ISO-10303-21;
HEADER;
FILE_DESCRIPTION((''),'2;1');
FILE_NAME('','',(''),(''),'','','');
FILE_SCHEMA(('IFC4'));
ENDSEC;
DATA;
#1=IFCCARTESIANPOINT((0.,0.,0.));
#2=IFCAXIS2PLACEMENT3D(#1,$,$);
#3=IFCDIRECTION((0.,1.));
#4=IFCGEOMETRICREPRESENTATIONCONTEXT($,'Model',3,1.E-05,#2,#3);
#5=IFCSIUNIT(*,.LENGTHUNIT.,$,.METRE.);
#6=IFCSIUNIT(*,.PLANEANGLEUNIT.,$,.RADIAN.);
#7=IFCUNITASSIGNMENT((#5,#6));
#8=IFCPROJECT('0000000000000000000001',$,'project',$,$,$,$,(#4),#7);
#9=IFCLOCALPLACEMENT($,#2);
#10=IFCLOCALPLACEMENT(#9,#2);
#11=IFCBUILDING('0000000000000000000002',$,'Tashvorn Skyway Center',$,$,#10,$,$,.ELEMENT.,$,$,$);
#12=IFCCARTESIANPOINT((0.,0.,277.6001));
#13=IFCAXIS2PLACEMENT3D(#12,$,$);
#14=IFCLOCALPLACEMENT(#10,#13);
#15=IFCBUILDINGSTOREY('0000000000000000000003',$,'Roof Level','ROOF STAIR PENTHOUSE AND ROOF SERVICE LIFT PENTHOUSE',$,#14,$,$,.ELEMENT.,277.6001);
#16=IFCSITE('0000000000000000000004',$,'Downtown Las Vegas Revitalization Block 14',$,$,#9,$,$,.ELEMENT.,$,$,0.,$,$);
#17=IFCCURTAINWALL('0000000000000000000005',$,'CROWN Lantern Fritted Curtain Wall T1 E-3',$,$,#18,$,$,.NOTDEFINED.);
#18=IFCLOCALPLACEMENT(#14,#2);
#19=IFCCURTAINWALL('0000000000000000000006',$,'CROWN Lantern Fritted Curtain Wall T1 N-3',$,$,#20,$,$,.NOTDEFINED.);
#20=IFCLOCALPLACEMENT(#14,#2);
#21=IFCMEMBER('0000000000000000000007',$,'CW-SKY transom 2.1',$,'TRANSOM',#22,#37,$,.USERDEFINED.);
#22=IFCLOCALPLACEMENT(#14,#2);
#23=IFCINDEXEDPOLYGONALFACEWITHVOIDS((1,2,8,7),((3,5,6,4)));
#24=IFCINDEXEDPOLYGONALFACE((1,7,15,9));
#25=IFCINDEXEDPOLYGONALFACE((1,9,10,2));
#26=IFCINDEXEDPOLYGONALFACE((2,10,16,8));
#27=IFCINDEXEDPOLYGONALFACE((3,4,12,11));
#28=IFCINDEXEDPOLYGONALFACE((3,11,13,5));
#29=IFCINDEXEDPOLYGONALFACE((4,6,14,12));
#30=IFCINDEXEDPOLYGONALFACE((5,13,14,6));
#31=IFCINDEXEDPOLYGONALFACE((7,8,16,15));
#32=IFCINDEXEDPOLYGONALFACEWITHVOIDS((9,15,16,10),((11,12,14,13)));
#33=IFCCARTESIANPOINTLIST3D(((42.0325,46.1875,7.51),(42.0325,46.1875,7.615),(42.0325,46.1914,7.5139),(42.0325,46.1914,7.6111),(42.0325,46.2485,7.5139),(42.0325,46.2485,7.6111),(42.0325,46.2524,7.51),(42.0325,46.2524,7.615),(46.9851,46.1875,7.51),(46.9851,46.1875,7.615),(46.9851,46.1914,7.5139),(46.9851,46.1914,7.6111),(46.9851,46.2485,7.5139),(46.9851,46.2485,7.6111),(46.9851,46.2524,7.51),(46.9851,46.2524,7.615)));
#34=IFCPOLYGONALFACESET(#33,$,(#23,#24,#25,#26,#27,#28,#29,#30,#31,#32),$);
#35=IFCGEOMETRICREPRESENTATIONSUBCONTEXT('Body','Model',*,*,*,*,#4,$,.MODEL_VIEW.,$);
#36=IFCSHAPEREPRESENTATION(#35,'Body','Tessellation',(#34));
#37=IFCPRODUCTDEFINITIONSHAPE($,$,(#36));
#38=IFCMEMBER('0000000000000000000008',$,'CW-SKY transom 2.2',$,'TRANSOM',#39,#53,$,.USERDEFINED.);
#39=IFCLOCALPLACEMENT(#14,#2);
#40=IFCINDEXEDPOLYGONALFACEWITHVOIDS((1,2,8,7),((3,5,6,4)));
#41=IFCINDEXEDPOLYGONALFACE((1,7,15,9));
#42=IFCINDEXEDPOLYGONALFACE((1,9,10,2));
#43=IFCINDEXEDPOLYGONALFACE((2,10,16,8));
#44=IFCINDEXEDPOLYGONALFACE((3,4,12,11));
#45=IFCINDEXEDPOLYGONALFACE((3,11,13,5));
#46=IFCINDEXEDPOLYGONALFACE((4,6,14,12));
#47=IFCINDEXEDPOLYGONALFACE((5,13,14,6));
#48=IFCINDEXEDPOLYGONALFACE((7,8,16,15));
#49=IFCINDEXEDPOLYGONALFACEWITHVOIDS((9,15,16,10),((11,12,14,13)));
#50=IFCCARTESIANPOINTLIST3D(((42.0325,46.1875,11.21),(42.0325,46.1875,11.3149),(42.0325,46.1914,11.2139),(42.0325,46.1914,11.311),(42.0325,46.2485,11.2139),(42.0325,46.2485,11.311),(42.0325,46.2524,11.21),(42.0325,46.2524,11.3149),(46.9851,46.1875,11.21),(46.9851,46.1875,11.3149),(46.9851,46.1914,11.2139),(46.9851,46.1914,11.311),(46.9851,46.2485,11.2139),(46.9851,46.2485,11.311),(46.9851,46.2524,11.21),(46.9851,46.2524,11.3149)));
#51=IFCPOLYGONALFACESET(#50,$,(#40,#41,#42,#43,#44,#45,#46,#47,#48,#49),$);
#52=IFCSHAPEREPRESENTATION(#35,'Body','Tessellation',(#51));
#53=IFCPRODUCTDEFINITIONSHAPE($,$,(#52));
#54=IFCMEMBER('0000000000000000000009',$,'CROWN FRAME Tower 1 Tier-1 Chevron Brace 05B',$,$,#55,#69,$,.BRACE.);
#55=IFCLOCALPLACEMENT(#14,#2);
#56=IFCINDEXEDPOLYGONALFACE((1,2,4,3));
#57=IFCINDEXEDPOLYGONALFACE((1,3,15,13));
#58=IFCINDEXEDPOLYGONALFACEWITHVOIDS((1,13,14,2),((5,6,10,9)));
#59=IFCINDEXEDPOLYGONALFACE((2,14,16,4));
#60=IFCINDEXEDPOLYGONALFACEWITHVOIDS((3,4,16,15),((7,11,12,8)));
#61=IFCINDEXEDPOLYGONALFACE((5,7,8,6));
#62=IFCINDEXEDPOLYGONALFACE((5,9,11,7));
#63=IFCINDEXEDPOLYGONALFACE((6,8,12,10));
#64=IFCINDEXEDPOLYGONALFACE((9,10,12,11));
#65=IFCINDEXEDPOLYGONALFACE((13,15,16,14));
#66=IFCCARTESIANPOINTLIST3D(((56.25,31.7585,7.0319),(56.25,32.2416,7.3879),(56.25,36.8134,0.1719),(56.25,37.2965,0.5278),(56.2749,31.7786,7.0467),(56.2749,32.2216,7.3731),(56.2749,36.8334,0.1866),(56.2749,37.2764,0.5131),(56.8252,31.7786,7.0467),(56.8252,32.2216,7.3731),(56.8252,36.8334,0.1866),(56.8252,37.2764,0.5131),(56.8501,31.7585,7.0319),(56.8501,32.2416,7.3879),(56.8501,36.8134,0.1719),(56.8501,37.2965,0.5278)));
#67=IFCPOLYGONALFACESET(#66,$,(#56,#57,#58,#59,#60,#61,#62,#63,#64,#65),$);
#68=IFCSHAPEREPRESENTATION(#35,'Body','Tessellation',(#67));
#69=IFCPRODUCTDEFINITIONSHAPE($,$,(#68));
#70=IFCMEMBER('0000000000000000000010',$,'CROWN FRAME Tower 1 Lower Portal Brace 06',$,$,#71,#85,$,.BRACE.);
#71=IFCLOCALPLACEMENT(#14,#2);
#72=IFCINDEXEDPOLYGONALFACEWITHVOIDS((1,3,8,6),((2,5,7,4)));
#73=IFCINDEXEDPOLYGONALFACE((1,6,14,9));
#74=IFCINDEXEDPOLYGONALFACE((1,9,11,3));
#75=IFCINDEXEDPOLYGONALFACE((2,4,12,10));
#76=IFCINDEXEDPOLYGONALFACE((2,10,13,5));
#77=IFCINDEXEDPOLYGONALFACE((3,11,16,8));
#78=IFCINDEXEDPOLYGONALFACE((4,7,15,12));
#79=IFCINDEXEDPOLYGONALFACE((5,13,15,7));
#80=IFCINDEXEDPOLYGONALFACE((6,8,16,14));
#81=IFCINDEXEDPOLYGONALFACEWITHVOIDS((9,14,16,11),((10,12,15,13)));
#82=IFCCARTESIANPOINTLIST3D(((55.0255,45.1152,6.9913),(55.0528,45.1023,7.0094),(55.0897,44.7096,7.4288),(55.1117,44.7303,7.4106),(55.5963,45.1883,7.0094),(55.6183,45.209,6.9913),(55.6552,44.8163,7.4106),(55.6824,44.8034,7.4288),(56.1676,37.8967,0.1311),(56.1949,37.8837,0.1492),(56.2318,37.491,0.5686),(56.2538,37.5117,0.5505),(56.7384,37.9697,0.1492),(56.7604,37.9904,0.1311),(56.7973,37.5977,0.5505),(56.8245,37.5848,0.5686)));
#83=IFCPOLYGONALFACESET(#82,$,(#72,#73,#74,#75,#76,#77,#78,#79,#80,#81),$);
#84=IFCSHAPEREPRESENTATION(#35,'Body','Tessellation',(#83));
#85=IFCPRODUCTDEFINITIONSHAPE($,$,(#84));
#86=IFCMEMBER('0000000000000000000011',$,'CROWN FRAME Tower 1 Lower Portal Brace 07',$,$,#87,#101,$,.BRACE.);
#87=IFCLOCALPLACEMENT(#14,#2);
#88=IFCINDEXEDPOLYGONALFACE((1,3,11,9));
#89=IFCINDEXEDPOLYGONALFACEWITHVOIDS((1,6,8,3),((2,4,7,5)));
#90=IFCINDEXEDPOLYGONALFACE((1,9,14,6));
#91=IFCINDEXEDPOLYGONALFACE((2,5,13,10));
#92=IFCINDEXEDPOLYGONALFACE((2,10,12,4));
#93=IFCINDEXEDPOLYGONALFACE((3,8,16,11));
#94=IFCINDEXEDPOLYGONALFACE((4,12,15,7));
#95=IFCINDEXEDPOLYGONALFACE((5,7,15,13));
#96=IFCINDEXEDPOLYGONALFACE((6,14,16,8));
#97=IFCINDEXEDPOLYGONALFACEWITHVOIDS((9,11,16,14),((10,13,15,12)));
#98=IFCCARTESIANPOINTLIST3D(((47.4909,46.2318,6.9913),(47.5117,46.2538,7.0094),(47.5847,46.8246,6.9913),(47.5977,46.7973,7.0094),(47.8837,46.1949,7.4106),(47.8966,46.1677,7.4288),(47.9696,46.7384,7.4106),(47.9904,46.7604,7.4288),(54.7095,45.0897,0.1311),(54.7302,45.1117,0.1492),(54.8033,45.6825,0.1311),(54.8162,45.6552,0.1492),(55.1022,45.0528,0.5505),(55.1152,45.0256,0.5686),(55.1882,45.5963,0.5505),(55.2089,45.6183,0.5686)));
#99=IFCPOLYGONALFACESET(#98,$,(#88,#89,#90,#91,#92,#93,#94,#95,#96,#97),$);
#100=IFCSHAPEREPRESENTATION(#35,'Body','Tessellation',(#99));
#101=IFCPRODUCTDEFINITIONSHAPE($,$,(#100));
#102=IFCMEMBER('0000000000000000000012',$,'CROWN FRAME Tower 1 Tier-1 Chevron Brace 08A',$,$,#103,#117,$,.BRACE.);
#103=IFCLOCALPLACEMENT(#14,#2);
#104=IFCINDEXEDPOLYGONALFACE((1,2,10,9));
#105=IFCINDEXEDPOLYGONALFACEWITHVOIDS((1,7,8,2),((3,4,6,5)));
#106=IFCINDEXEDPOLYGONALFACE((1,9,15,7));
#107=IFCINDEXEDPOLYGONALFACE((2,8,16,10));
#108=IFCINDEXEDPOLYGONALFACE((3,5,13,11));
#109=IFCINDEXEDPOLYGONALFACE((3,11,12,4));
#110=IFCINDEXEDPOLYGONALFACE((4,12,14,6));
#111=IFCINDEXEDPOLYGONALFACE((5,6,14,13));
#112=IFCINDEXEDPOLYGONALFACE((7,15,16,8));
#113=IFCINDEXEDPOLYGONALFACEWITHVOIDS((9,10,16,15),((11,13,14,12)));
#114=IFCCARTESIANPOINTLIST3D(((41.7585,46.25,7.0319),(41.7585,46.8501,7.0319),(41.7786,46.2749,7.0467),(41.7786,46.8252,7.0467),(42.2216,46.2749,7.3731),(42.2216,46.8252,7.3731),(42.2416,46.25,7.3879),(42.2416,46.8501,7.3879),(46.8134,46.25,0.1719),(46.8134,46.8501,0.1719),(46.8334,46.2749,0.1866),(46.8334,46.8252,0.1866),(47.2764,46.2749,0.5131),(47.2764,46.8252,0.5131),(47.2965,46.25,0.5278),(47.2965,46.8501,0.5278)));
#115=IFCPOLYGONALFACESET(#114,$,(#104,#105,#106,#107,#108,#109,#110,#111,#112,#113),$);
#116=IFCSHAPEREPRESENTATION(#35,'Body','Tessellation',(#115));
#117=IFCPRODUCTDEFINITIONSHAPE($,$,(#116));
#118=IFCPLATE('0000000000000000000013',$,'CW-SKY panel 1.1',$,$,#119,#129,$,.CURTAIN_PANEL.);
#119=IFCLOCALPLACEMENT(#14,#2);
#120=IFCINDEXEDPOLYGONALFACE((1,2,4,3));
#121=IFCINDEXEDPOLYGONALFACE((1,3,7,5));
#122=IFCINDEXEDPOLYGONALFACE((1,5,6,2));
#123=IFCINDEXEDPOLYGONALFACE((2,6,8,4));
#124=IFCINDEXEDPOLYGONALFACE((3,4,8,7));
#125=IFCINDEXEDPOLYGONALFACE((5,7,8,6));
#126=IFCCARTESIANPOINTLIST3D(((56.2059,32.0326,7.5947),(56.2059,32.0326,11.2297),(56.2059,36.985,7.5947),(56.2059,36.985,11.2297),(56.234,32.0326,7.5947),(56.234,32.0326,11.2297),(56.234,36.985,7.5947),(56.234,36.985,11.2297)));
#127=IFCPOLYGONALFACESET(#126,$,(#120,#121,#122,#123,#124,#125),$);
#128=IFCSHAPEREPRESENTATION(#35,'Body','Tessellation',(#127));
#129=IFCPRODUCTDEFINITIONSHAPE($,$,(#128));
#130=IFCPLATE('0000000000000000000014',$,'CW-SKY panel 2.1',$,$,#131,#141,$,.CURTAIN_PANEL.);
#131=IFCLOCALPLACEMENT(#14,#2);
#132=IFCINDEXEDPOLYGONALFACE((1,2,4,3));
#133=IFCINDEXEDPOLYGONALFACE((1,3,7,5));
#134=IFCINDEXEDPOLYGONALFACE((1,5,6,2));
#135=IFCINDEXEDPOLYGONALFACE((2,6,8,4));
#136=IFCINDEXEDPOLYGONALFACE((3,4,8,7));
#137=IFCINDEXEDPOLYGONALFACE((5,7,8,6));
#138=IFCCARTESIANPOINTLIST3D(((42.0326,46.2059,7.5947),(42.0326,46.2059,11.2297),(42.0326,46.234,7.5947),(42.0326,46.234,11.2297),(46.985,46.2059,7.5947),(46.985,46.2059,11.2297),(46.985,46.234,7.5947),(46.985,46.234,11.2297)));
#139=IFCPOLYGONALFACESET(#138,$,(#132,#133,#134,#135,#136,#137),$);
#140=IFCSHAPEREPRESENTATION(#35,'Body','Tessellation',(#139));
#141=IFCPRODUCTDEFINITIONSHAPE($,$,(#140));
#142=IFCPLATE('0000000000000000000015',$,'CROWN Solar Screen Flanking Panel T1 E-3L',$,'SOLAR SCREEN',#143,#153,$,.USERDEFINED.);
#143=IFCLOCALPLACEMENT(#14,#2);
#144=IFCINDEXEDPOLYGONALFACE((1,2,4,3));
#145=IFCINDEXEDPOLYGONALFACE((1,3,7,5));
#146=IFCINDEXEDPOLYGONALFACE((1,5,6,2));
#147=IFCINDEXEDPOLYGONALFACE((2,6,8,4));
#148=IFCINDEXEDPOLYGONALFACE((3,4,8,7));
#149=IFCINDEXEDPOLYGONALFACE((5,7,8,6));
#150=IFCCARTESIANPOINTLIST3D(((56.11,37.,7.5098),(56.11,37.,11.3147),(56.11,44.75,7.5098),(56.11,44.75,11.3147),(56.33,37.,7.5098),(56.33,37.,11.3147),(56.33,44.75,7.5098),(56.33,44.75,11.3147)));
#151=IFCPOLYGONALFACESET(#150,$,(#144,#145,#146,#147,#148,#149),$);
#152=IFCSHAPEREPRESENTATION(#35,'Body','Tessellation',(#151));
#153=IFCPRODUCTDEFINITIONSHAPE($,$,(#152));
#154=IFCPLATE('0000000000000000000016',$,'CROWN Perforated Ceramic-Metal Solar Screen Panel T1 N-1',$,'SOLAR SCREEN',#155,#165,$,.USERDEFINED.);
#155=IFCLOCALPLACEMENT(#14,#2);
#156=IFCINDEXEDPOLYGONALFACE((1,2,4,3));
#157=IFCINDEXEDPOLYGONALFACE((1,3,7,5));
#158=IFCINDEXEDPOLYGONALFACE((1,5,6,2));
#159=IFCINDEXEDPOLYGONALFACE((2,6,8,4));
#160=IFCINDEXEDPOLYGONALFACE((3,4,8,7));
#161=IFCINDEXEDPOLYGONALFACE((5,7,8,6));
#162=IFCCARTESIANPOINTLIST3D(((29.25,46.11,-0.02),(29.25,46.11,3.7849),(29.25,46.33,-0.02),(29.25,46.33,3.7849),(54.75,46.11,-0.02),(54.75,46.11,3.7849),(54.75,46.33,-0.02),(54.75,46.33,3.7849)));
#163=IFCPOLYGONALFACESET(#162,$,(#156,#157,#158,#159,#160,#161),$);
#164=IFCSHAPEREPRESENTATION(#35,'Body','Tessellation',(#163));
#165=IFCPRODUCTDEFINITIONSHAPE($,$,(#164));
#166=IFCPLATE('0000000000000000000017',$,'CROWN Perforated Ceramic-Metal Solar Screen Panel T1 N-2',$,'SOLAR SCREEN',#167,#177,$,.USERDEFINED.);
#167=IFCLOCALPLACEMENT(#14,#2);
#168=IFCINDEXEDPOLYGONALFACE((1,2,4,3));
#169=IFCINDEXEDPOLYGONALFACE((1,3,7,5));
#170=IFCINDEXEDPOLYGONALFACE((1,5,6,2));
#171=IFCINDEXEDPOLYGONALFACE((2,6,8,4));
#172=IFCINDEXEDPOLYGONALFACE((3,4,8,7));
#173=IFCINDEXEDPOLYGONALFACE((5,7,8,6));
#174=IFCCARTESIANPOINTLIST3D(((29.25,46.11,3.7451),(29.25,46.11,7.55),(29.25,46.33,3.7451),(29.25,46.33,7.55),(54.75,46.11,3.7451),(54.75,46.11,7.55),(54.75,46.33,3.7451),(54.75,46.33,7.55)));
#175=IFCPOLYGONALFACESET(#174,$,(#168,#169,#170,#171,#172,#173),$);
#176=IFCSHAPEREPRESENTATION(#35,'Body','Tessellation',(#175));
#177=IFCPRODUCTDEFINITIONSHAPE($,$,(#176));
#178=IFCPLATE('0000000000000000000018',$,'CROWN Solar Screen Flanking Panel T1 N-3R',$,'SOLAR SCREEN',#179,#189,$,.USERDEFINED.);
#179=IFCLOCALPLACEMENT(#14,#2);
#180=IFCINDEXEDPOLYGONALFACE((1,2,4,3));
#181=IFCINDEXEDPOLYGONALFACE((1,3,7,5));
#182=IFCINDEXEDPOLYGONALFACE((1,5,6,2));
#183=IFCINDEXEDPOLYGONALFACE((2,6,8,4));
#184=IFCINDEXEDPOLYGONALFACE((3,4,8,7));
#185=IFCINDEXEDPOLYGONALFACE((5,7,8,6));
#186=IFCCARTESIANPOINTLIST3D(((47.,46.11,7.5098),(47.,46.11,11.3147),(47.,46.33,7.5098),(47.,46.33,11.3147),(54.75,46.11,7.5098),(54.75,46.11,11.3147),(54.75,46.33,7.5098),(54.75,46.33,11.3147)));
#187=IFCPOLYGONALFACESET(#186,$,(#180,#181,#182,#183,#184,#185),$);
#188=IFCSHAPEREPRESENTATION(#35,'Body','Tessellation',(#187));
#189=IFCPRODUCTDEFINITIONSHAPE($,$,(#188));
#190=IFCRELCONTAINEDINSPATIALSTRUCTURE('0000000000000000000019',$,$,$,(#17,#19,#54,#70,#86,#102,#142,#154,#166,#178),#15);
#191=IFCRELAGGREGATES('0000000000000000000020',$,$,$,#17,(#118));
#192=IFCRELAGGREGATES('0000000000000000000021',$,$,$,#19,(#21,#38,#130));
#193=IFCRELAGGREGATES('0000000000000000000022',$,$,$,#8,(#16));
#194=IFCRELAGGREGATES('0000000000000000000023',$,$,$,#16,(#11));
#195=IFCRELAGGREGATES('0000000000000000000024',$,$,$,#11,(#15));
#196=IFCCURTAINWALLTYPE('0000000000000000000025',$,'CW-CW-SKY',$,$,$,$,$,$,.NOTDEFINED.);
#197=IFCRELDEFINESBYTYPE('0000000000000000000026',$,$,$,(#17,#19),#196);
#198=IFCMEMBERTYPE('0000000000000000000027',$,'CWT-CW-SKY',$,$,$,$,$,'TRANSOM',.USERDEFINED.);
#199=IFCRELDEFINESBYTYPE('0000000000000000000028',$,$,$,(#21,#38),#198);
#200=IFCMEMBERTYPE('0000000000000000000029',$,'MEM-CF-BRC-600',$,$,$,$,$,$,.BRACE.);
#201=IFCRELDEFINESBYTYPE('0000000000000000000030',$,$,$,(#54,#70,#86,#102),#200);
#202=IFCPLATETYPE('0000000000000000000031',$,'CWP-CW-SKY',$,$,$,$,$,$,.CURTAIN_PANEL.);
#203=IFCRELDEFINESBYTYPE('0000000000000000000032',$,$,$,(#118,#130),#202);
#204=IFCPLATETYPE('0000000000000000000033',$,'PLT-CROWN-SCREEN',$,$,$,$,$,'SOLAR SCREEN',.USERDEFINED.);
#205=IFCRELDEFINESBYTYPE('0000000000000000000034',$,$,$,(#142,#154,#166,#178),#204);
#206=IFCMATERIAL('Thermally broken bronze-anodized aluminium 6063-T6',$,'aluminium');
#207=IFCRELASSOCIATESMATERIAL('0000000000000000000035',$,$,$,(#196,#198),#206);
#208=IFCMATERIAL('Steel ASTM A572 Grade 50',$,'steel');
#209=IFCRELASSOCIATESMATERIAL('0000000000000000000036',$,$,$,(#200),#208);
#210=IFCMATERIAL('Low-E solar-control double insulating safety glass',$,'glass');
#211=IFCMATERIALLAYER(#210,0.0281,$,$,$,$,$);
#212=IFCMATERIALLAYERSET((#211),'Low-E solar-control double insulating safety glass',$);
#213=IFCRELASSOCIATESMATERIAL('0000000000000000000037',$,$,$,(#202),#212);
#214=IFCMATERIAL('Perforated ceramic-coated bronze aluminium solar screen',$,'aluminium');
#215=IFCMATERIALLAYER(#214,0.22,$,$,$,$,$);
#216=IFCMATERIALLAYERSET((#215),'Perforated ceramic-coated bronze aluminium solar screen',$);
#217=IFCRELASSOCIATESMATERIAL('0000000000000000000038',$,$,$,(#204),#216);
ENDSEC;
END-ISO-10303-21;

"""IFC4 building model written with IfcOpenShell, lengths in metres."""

from ifc_helpers import new_model, si_unit, direction, frame, origin, origin_2d, place, context, subcontext, project, spatial, rectangle, hollow_rectangle, extrude, material, layer, layer_set, material_profile, profile_set, type_object, element, aggregate, save


model = new_model("IFC4")

# Units and contexts
model_context = context("Model", 3, precision=1e-05, world=origin(), true_north=direction((0.0, 1.0)))
body_context = subcontext(model_context, "Body", "Model", "MODEL_VIEW")
ifc_project = project(units=[si_unit("LENGTHUNIT", "METRE"), si_unit("PLANEANGLEUNIT", "RADIAN")], contexts=[model_context])

# Site, building, storey
site_placement = place(None, origin())
site = spatial("IfcSite", under=ifc_project, at=site_placement, Name="Downtown Las Vegas Revitalization Block 14", CompositionType="ELEMENT", RefElevation=0.0)
building_placement = place(site_placement, origin())
building = spatial("IfcBuilding", under=site, at=building_placement, Name="Tashvorn Skyway Center", CompositionType="ELEMENT")
storey_placement = place(building_placement, frame((0.0, 0.0, 277.6001)))
storey = spatial("IfcBuildingStorey", under=building, at=storey_placement, Name="Roof Level", Description="ROOF STAIR PENTHOUSE AND ROOF SERVICE LIFT PENTHOUSE", CompositionType="ELEMENT", Elevation=277.6001)

# Shared definitions
ifc_material_1 = material(Name="Steel ASTM A572 Grade 50", Category="steel")

# Curtain wall
ifc_material_2 = material(Name="Thermally broken bronze-anodized aluminium 6063-T6", Category="aluminium")
curtain_wall_type = type_object("IfcCurtainWallType", Name="CW-CW-SKY", PredefinedType="NOTDEFINED", material=ifc_material_2)
curtain_wall_1_placement = place(storey_placement, origin())
curtain_wall_1 = element("IfcCurtainWall", 1, at=curtain_wall_1_placement, inside=storey, type_object=curtain_wall_type, Name="CROWN Lantern Fritted Curtain Wall T1 E-3", PredefinedType="NOTDEFINED")

# Curtain wall
curtain_wall_2_placement = place(storey_placement, origin())
curtain_wall_2 = element("IfcCurtainWall", 2, at=curtain_wall_2_placement, inside=storey, type_object=curtain_wall_type, Name="CROWN Lantern Fritted Curtain Wall T1 N-3", PredefinedType="NOTDEFINED")

# Members
ifc_material_profile_1 = material_profile(ifc_material_2, hollow_rectangle(XDim=0.0649, YDim=0.105, WallThickness=0.0039, at=origin_2d()), Name="ALU-TRAN-65x105")
ifc_profile_set_1 = profile_set([ifc_material_profile_1], Name="Thermally broken bronze-anodized aluminium 6063-T6")
member_type_1 = type_object("IfcMemberType", Name="CWT-CW-SKY", ElementType="TRANSOM", PredefinedType="USERDEFINED", material=ifc_profile_set_1)
member_1_placement = place(storey_placement, frame((42.0325, 46.22, 7.5625), z_axis=(1.0, 0.0, 0.0), x_axis=(0.0, 1.0, 0.0)))
member_1 = element("IfcMember", 3, at=member_1_placement, type_object=member_type_1, Name="CW-SKY transom 2.1", ObjectType="TRANSOM", PredefinedType="USERDEFINED", context=body_context, shape_type="SweptSolid", body=[
    extrude(hollow_rectangle(XDim=0.0649, YDim=0.105, WallThickness=0.0039, at=origin_2d()), origin(), (0.0, 0.0, 1.0), 4.9526),
])
member_2_placement = place(storey_placement, frame((42.0325, 46.22, 11.2625), z_axis=(1.0, 0.0, 0.0), x_axis=(0.0, 1.0, 0.0)))
member_2 = element("IfcMember", 4, at=member_2_placement, type_object=member_type_1, Name="CW-SKY transom 2.2", ObjectType="TRANSOM", PredefinedType="USERDEFINED", context=body_context, shape_type="SweptSolid", body=[
    extrude(hollow_rectangle(XDim=0.0649, YDim=0.105, WallThickness=0.0039, at=origin_2d()), origin(), (0.0, 0.0, 1.0), 4.9526),
])

# Members
ifc_material_profile_2 = material_profile(ifc_material_1, hollow_rectangle(XDim=0.6001, YDim=0.6001, WallThickness=0.0249, at=origin_2d()), Name="BOX600x600x25")
ifc_profile_set_2 = profile_set([ifc_material_profile_2], Name="Steel ASTM A572 Grade 50")
member_type_2 = type_object("IfcMemberType", Name="MEM-CF-BRC-600", PredefinedType="BRACE", material=ifc_profile_set_2)
member_3_placement = place(storey_placement, frame((56.55, 37.0549, 0.3499), z_axis=(0.0, -0.593208, 0.805049), x_axis=(1.0, 0.0, 0.0)))
element("IfcMember", 5, at=member_3_placement, inside=storey, type_object=member_type_2, Name="CROWN FRAME Tower 1 Tier-1 Chevron Brace 05B", PredefinedType="BRACE", context=body_context, shape_type="SweptSolid", body=[
    extrude(hollow_rectangle(XDim=0.6001, YDim=0.6001, WallThickness=0.0249, at=origin_2d()), origin(), (0.0, 0.0, 1.0), 8.5212),
])
for number, where, z_axis, x_axis, name in (
    (6, (56.4961, 37.7407, 0.3499), (-0.11394, 0.720152, 0.684397), (-0.987714, -0.156273, 0.0), "CROWN FRAME Tower 1 Lower Portal Brace 06"),
    (7, (54.9592, 45.354, 0.3499), (-0.720152, 0.11394, 0.684397), (-0.156273, -0.987714, 0.0), "CROWN FRAME Tower 1 Lower Portal Brace 07"),
):
    element("IfcMember", number, at=place(storey_placement, frame(where, z_axis=z_axis, x_axis=x_axis)), inside=storey, type_object=member_type_2, Name=name, PredefinedType="BRACE", context=body_context, shape_type="SweptSolid", body=[
        extrude(hollow_rectangle(XDim=0.6001, YDim=0.6001, WallThickness=0.0249, at=origin_2d()), origin(), (0.0, 0.0, 1.0), 10.0237),
    ])
member_4_placement = place(storey_placement, frame((47.0549, 46.55, 0.3499), z_axis=(-0.593208, 0.0, 0.805049), x_axis=(0.0, -1.0, 0.0)))
element("IfcMember", 8, at=member_4_placement, inside=storey, type_object=member_type_2, Name="CROWN FRAME Tower 1 Tier-1 Chevron Brace 08A", PredefinedType="BRACE", context=body_context, shape_type="SweptSolid", body=[
    extrude(hollow_rectangle(XDim=0.6001, YDim=0.6001, WallThickness=0.0249, at=origin_2d()), origin(), (0.0, 0.0, 1.0), 8.5212),
])

# Plates
ifc_material_3 = material(Name="Low-E solar-control double insulating safety glass", Category="glass")
ifc_layer_1 = layer(ifc_material_3, 0.0281)
ifc_layer_set_1 = layer_set([ifc_layer_1], Name="Low-E solar-control double insulating safety glass")
plate_type_1 = type_object("IfcPlateType", Name="CWP-CW-SKY", PredefinedType="CURTAIN_PANEL", material=ifc_layer_set_1)
plate_1_placement = place(storey_placement, frame((56.22, 34.5088, 7.5947), z_axis=(0.0, 0.0, 1.0), x_axis=(0.0, -1.0, 0.0)))
plate_1 = element("IfcPlate", 9, at=plate_1_placement, type_object=plate_type_1, Name="CW-SKY panel 1.1", PredefinedType="CURTAIN_PANEL", context=body_context, shape_type="SweptSolid", body=[
    extrude(rectangle(XDim=4.9524, YDim=0.0281, at=origin_2d()), origin(), (0.0, 0.0, 1.0), 3.635),
])
aggregate(curtain_wall_1, [plate_1])
plate_2_placement = place(storey_placement, frame((44.5088, 46.22, 7.5947), z_axis=(0.0, 0.0, 1.0), x_axis=(1.0, 0.0, 0.0)))
plate_2 = element("IfcPlate", 10, at=plate_2_placement, type_object=plate_type_1, Name="CW-SKY panel 2.1", PredefinedType="CURTAIN_PANEL", context=body_context, shape_type="SweptSolid", body=[
    extrude(rectangle(XDim=4.9524, YDim=0.0281, at=origin_2d()), origin(), (0.0, 0.0, 1.0), 3.635),
])
aggregate(curtain_wall_2, [member_1, member_2, plate_2])

# Plates
ifc_material_4 = material(Name="Perforated ceramic-coated bronze aluminium solar screen", Category="aluminium")
ifc_layer_2 = layer(ifc_material_4, 0.22)
ifc_layer_set_2 = layer_set([ifc_layer_2], Name="Perforated ceramic-coated bronze aluminium solar screen")
plate_type_2 = type_object("IfcPlateType", Name="PLT-CROWN-SCREEN", ElementType="SOLAR SCREEN", PredefinedType="USERDEFINED", material=ifc_layer_set_2)
plate_3_placement = place(storey_placement, frame((56.22, 40.875, 7.5098), z_axis=(0.0, 0.0, 1.0), x_axis=(0.0, 1.0, 0.0)))
element("IfcPlate", 11, at=plate_3_placement, inside=storey, type_object=plate_type_2, Name="CROWN Solar Screen Flanking Panel T1 E-3L", ObjectType="SOLAR SCREEN", PredefinedType="USERDEFINED", context=body_context, shape_type="SweptSolid", body=[
    extrude(rectangle(XDim=7.75, YDim=0.22, at=origin_2d()), origin(), (0.0, 0.0, 1.0), 3.8049),
])
for number, where, z_axis, x_axis, name in (
    (12, (42.0, 46.22, -0.02), (0.0, 0.0, 1.0), (-1.0, 0.0, 0.0), "CROWN Perforated Ceramic-Metal Solar Screen Panel T1 N-1"),
    (13, (42.0, 46.22, 3.7451), (0.0, 0.0, 1.0), (-1.0, 0.0, 0.0), "CROWN Perforated Ceramic-Metal Solar Screen Panel T1 N-2"),
):
    element("IfcPlate", number, at=place(storey_placement, frame(where, z_axis=z_axis, x_axis=x_axis)), inside=storey, type_object=plate_type_2, Name=name, ObjectType="SOLAR SCREEN", PredefinedType="USERDEFINED", context=body_context, shape_type="SweptSolid", body=[
        extrude(rectangle(XDim=25.5, YDim=0.22, at=origin_2d()), origin(), (0.0, 0.0, 1.0), 3.8049),
    ])
plate_4_placement = place(storey_placement, frame((50.875, 46.22, 7.5098), z_axis=(0.0, 0.0, 1.0), x_axis=(-1.0, 0.0, 0.0)))
element("IfcPlate", 14, at=plate_4_placement, inside=storey, type_object=plate_type_2, Name="CROWN Solar Screen Flanking Panel T1 N-3R", ObjectType="SOLAR SCREEN", PredefinedType="USERDEFINED", context=body_context, shape_type="SweptSolid", body=[
    extrude(rectangle(XDim=7.75, YDim=0.22, at=origin_2d()), origin(), (0.0, 0.0, 1.0), 3.8049),
])

save(model, "model.ifc")
